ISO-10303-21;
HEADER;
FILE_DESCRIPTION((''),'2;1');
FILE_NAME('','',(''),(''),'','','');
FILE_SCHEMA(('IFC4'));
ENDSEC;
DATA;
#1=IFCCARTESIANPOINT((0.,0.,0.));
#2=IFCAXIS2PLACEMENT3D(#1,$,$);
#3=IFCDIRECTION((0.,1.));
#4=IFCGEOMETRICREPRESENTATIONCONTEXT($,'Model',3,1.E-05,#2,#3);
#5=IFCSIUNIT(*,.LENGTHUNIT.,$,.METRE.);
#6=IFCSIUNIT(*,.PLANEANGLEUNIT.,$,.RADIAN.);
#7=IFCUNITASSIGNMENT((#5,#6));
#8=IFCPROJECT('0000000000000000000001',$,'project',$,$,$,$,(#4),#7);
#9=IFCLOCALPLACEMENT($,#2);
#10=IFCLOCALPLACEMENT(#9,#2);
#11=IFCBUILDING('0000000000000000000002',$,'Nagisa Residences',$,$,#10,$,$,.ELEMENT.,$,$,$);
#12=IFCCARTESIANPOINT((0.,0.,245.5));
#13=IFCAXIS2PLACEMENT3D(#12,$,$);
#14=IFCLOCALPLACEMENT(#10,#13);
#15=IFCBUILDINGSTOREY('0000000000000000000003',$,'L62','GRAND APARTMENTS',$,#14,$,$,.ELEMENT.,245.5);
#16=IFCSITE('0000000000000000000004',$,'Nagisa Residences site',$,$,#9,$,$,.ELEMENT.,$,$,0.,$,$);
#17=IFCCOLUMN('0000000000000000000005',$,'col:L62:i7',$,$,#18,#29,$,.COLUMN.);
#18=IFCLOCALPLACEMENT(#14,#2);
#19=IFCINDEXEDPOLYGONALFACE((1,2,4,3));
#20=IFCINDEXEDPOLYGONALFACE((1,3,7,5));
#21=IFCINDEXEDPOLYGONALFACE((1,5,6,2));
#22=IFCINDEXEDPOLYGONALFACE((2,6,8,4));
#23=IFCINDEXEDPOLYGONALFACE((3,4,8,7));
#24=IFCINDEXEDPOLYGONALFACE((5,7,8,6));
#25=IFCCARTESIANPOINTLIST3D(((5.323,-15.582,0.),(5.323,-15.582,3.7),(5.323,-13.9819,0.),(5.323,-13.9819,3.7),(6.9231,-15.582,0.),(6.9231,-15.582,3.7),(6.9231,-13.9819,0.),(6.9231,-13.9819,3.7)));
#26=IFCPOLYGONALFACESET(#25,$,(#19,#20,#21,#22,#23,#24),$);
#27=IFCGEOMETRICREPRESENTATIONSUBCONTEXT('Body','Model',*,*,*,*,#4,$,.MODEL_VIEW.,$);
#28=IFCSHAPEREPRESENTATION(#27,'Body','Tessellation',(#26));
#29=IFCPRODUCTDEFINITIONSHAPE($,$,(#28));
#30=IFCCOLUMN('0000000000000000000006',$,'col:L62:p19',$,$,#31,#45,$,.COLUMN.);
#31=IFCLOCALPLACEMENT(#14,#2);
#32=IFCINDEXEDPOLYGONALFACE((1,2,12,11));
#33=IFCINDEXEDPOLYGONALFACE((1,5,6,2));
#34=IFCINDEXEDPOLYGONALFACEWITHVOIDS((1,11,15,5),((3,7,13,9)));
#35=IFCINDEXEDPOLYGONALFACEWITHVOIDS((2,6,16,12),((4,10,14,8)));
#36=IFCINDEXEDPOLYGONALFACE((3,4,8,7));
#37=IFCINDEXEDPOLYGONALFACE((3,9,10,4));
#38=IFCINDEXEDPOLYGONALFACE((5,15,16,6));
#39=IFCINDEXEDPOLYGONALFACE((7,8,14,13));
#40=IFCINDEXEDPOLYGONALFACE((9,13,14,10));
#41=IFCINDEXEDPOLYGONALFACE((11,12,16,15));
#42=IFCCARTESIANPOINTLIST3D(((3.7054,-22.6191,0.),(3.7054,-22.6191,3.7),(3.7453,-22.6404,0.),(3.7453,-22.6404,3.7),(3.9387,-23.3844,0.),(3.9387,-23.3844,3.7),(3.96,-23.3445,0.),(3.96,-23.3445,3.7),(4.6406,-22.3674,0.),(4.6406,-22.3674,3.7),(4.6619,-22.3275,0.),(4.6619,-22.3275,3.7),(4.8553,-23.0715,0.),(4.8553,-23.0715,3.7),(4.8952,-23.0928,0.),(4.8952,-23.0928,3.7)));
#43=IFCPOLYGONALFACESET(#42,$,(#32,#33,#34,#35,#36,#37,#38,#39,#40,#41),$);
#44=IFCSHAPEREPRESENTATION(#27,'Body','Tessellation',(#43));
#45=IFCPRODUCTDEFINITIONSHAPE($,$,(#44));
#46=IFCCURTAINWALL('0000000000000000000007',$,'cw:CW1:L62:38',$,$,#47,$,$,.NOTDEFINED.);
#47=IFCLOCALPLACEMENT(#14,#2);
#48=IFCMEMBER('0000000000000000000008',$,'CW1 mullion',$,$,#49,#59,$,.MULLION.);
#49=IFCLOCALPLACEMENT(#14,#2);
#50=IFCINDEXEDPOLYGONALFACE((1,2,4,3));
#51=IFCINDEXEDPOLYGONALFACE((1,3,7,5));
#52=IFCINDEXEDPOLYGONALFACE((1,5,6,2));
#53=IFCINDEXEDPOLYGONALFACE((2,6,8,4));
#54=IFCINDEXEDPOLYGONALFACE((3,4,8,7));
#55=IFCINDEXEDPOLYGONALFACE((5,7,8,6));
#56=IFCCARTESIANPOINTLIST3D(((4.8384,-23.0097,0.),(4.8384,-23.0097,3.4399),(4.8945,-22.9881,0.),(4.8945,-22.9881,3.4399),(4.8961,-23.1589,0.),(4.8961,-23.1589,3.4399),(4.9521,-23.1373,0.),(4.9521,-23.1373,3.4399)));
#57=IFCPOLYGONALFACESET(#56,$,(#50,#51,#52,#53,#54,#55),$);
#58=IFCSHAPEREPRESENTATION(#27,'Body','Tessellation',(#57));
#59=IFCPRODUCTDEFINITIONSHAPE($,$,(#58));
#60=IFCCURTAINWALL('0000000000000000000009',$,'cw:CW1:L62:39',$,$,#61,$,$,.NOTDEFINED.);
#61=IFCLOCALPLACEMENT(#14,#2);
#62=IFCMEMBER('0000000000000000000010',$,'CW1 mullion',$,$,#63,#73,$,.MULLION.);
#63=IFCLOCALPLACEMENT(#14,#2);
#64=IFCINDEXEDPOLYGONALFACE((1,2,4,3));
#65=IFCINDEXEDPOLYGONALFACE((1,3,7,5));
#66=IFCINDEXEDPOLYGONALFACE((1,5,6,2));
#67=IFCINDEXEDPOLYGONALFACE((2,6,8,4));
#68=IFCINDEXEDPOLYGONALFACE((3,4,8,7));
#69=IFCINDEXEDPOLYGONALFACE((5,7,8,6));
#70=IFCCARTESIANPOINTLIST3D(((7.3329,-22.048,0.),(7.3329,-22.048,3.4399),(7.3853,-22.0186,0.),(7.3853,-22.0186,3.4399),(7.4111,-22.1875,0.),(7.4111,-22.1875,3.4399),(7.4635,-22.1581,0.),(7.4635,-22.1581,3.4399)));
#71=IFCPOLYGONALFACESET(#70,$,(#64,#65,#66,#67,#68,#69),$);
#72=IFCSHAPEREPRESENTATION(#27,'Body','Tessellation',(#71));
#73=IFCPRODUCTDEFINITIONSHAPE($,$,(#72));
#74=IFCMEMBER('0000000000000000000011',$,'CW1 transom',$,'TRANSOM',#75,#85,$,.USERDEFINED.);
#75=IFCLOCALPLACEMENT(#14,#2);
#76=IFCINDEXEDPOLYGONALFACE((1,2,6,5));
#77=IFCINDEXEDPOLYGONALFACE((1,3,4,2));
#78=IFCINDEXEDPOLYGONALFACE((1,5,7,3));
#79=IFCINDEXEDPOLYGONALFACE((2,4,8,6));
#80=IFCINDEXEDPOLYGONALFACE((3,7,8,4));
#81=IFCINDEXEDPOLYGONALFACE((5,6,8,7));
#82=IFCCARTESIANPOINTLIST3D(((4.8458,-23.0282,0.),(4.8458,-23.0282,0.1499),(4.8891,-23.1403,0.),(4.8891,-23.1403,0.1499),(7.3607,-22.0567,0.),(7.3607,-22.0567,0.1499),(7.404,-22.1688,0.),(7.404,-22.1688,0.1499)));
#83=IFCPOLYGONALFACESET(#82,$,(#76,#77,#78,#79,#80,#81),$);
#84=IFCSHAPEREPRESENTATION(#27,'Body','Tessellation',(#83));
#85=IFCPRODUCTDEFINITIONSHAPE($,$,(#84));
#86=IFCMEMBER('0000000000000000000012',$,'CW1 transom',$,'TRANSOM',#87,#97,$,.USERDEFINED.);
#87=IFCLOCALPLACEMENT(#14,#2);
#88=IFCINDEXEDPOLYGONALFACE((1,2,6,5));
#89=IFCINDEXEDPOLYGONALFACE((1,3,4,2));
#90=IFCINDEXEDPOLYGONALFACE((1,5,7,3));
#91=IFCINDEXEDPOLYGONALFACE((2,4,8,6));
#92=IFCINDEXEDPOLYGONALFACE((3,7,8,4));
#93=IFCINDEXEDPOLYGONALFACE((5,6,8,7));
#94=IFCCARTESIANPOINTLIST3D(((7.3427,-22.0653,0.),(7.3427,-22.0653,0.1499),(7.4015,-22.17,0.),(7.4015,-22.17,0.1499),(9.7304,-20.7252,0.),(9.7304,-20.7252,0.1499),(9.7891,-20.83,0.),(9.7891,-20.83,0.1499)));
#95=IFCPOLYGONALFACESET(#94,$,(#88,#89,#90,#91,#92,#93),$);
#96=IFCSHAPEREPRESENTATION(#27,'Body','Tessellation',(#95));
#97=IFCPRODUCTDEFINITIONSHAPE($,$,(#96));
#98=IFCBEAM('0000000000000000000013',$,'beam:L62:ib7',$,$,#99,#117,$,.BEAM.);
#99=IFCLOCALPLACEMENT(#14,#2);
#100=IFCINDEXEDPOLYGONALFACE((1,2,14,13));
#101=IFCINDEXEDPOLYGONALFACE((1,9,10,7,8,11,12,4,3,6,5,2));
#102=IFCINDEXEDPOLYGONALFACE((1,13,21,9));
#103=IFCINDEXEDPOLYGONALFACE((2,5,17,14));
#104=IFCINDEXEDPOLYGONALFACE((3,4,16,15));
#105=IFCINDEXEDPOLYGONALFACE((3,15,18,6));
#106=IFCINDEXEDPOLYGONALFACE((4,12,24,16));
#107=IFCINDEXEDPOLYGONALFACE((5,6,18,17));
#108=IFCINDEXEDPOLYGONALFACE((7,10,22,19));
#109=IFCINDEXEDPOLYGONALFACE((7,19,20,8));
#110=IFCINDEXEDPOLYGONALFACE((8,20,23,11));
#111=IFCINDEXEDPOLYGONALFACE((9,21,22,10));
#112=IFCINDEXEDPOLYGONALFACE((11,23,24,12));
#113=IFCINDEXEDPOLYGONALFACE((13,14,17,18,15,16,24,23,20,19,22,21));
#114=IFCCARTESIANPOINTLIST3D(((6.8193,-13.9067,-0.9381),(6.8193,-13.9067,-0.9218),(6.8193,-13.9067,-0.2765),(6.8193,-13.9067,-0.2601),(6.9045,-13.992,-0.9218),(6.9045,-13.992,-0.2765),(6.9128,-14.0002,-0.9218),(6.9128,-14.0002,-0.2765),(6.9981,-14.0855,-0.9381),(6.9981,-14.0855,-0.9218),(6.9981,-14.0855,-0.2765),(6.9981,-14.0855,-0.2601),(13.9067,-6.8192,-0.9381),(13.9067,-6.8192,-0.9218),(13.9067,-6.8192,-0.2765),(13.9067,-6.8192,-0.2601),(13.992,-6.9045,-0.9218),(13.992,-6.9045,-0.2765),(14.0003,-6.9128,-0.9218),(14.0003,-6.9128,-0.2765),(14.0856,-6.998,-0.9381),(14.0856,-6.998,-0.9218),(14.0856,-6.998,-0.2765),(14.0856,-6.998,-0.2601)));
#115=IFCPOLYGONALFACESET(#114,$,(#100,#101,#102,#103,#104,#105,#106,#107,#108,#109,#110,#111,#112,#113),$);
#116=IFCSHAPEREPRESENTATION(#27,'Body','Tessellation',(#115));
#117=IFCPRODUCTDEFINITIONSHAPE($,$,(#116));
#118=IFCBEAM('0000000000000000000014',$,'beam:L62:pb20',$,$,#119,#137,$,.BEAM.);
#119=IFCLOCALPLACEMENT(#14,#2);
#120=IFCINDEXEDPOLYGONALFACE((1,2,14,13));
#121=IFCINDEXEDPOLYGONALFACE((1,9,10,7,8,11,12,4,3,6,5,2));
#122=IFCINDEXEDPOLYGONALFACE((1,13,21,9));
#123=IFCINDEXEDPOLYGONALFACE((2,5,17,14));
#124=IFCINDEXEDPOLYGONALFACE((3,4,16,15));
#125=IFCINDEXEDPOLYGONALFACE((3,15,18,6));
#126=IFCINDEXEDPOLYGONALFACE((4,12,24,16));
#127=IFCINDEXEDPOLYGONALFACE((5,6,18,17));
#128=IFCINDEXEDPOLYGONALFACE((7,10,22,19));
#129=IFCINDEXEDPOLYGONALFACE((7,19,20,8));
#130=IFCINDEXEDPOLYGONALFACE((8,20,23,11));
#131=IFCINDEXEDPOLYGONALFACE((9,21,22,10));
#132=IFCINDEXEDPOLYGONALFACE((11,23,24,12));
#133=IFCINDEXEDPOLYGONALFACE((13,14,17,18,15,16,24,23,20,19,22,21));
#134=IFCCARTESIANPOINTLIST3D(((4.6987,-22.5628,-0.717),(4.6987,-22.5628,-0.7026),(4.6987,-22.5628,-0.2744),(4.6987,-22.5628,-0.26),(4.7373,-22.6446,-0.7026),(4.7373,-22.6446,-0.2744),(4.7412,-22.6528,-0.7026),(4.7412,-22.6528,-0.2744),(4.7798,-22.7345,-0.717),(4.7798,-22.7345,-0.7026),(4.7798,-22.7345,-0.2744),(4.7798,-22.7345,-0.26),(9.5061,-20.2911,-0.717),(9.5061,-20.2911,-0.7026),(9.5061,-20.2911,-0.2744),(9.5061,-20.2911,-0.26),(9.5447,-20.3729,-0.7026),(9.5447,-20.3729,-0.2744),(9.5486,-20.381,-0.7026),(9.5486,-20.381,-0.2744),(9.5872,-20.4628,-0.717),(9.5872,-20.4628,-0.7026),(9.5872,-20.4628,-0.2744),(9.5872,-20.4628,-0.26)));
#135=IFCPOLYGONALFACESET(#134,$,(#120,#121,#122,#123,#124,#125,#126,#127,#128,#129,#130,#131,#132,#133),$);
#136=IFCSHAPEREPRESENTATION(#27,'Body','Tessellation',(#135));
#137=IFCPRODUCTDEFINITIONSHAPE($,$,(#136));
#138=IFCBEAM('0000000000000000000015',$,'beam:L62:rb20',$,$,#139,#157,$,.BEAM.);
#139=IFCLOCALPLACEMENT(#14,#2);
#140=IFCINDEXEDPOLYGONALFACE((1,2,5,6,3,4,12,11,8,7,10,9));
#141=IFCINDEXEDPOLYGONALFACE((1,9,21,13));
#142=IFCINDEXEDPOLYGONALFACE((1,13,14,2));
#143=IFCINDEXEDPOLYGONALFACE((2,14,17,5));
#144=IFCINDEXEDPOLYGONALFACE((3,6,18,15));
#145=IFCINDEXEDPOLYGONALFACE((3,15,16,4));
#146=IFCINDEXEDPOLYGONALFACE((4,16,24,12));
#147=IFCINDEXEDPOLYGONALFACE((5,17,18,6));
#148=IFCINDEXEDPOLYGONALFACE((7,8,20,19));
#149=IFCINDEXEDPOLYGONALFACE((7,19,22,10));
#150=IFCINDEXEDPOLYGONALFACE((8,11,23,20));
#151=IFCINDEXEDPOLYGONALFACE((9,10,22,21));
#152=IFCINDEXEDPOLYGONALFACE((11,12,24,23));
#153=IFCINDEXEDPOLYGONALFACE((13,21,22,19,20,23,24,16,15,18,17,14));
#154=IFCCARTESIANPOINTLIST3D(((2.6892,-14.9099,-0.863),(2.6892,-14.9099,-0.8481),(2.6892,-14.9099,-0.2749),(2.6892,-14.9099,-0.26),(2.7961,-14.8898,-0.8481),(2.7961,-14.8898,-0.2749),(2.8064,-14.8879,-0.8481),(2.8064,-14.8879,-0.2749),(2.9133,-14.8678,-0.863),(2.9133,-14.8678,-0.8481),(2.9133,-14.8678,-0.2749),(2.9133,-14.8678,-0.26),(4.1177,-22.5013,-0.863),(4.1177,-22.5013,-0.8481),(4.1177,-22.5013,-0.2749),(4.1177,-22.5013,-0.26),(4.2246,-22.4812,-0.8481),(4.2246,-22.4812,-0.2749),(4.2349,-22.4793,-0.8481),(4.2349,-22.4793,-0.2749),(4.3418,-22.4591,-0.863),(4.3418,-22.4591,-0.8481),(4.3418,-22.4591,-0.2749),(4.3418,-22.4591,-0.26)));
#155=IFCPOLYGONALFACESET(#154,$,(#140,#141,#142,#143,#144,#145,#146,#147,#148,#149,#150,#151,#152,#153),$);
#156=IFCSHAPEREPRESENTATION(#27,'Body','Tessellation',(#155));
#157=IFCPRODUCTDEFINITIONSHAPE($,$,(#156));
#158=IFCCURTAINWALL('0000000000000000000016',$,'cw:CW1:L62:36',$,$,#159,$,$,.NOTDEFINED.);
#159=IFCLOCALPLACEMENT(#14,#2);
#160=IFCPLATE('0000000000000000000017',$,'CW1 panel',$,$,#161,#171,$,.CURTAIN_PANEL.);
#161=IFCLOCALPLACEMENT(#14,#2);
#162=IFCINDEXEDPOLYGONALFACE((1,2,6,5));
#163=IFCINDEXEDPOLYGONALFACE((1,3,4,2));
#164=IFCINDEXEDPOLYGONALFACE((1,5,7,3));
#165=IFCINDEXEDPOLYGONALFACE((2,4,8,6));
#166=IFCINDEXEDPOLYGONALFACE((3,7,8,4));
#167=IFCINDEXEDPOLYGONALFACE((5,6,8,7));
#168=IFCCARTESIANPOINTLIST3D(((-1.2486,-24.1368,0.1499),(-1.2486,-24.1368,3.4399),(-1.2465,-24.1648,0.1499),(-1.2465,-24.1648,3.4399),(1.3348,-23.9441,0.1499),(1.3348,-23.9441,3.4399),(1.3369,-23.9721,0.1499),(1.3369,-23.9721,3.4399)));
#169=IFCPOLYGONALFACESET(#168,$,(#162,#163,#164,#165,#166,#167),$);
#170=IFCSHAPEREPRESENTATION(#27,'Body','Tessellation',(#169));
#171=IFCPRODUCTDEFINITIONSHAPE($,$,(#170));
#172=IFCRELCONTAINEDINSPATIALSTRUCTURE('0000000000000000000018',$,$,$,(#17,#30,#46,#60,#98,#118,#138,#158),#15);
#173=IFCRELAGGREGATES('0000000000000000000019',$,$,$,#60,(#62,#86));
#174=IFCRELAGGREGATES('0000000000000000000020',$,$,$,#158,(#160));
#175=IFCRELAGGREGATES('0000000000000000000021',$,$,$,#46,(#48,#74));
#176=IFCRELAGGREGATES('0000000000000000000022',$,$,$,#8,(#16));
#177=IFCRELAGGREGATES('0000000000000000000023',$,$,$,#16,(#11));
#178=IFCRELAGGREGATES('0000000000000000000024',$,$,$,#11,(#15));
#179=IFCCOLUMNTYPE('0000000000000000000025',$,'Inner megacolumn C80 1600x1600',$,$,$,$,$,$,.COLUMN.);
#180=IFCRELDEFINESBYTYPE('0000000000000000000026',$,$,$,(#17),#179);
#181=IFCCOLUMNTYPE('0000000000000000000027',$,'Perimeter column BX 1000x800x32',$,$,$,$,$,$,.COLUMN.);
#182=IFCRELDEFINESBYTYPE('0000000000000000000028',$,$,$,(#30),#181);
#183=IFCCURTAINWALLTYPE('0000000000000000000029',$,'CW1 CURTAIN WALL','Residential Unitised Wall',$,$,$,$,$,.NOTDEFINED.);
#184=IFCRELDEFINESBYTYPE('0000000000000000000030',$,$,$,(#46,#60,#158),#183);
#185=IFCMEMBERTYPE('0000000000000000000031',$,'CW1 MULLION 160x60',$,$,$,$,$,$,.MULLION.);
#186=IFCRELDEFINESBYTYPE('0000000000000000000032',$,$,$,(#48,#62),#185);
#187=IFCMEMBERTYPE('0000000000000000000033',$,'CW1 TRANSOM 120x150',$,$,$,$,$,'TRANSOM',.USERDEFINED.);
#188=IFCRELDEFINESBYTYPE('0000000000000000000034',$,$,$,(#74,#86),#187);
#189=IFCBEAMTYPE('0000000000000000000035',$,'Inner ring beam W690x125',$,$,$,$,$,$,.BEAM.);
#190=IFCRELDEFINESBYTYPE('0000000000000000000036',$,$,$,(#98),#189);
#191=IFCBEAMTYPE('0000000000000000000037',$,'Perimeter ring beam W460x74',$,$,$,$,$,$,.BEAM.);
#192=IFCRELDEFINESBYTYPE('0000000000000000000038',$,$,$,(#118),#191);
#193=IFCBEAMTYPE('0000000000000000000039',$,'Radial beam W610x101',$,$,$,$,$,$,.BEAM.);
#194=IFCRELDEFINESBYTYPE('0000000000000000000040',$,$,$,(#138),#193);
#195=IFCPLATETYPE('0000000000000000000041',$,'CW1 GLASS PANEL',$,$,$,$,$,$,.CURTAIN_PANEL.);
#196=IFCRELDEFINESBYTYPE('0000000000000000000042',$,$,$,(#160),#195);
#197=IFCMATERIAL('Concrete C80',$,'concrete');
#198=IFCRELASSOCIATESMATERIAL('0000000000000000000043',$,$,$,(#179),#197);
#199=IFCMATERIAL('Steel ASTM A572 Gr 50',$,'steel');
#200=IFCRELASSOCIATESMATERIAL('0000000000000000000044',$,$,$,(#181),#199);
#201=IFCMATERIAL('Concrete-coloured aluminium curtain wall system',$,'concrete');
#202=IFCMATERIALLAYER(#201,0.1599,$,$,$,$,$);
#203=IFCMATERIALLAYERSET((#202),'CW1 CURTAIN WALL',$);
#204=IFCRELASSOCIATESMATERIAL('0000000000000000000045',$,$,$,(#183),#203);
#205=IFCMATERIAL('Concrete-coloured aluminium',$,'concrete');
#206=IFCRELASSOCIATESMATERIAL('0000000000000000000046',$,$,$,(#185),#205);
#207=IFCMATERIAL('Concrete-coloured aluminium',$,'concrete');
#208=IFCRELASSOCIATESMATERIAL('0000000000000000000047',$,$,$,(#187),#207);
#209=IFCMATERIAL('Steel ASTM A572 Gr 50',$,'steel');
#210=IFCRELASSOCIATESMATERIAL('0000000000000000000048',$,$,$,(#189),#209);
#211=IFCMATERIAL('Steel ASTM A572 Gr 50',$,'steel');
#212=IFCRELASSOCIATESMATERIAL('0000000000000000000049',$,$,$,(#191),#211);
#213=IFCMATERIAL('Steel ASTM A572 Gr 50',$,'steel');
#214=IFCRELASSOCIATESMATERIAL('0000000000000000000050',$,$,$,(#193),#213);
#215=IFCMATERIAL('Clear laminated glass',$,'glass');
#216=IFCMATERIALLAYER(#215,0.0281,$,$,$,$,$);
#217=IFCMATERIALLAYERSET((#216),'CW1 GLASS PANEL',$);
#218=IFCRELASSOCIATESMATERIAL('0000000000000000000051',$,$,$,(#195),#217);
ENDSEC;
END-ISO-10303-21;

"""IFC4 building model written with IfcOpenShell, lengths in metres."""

from ifc_helpers import new_model, si_unit, direction, frame, origin, origin_2d, place, context, subcontext, project, spatial, rectangle, hollow_rectangle, i_section, extrude, material, layer, layer_set, material_profile, profile_set, type_object, element, aggregate, save


model = new_model("IFC4")

# Units and contexts
model_context = context("Model", 3, precision=1e-05, world=origin(), true_north=direction((0.0, 1.0)))
body_context = subcontext(model_context, "Body", "Model", "MODEL_VIEW")
ifc_project = project(units=[si_unit("LENGTHUNIT", "METRE"), si_unit("PLANEANGLEUNIT", "RADIAN")], contexts=[model_context])

# Site, building, storey
site_placement = place(None, origin())
site = spatial("IfcSite", under=ifc_project, at=site_placement, Name="Nagisa Residences site", CompositionType="ELEMENT", RefElevation=0.0)
building_placement = place(site_placement, origin())
building = spatial("IfcBuilding", under=site, at=building_placement, Name="Nagisa Residences", CompositionType="ELEMENT")
storey_placement = place(building_placement, frame((0.0, 0.0, 245.5)))
storey = spatial("IfcBuildingStorey", under=building, at=storey_placement, Name="L62", Description="GRAND APARTMENTS", CompositionType="ELEMENT", Elevation=245.5)

# Columns
ifc_material_1 = material(Name="Concrete C80", Category="concrete")
ifc_material_profile_1 = material_profile(ifc_material_1, rectangle(XDim=1.6001, YDim=1.6001, at=origin_2d()), Name="C80 1600x1600")
ifc_profile_set_1 = profile_set([ifc_material_profile_1], Name="Concrete C80")
column_type_1 = type_object("IfcColumnType", Name="Inner megacolumn C80 1600x1600", PredefinedType="COLUMN", material=ifc_profile_set_1)
column_1_placement = place(storey_placement, frame((6.123, -14.782, 0.0), z_axis=(0.0, 0.0, 1.0), x_axis=(1.0, 0.0, 0.0)))
element("IfcColumn", 1, at=column_1_placement, inside=storey, type_object=column_type_1, Name="col:L62:i7", PredefinedType="COLUMN", context=body_context, shape_type="SweptSolid", body=[
    extrude(rectangle(XDim=1.6001, YDim=1.6001, at=origin_2d()), origin(), (0.0, 0.0, 1.0), 3.7),
])
ifc_material_2 = material(Name="Steel ASTM A572 Gr 50", Category="steel")
ifc_material_profile_2 = material_profile(ifc_material_2, hollow_rectangle(XDim=1.0, YDim=0.8, WallThickness=0.032, at=origin_2d()), Name="BX 1000x800x32")
ifc_profile_set_2 = profile_set([ifc_material_profile_2], Name="Steel ASTM A572 Gr 50")
column_type_2 = type_object("IfcColumnType", Name="Perimeter column BX 1000x800x32", PredefinedType="COLUMN", material=ifc_profile_set_2)
column_2_placement = place(storey_placement, frame((4.3003, -22.856, 0.0), z_axis=(0.0, 0.0, 1.0), x_axis=(0.956525, 0.291652, 0.0)))
element("IfcColumn", 2, at=column_2_placement, inside=storey, type_object=column_type_2, Name="col:L62:p19", PredefinedType="COLUMN", context=body_context, shape_type="SweptSolid", body=[
    extrude(hollow_rectangle(XDim=1.0, YDim=0.8, WallThickness=0.032, at=origin_2d()), origin(), (0.0, 0.0, 1.0), 3.7),
])

# Curtain walls, members
ifc_material_3 = material(Name="Concrete-coloured aluminium curtain wall system", Category="concrete")
ifc_layer_1 = layer(ifc_material_3, 0.1599)
ifc_layer_set_1 = layer_set([ifc_layer_1], Name="CW1 CURTAIN WALL")
curtain_wall_type = type_object("IfcCurtainWallType", Name="CW1 CURTAIN WALL", Description="Residential Unitised Wall", PredefinedType="NOTDEFINED", material=ifc_layer_set_1)
curtain_wall_1_placement = place(storey_placement, origin())
curtain_wall_1 = element("IfcCurtainWall", 3, at=curtain_wall_1_placement, inside=storey, type_object=curtain_wall_type, Name="cw:CW1:L62:38", PredefinedType="NOTDEFINED")
ifc_material_4 = material(Name="Concrete-coloured aluminium", Category="concrete")
ifc_material_profile_3 = material_profile(ifc_material_4, rectangle(XDim=0.1599, YDim=0.0601, at=origin_2d()), Name="CW1 MULLION 160x60")
ifc_profile_set_3 = profile_set([ifc_material_profile_3], Name="Concrete-coloured aluminium")
member_type_1 = type_object("IfcMemberType", Name="CW1 MULLION 160x60", PredefinedType="MULLION", material=ifc_profile_set_3)
member_1_placement = place(storey_placement, frame((4.8953, -23.0735, 0.0), z_axis=(0.0, 0.0, 1.0), x_axis=(-0.360328, 0.932826, 0.0)))
member_1 = element("IfcMember", 4, at=member_1_placement, type_object=member_type_1, Name="CW1 mullion", PredefinedType="MULLION", context=body_context, shape_type="SweptSolid", body=[
    extrude(rectangle(XDim=0.1599, YDim=0.0601, at=origin_2d()), origin(), (0.0, 0.0, 1.0), 3.4399),
])
curtain_wall_2_placement = place(storey_placement, origin())
curtain_wall_2 = element("IfcCurtainWall", 5, at=curtain_wall_2_placement, inside=storey, type_object=curtain_wall_type, Name="cw:CW1:L62:39", PredefinedType="NOTDEFINED")
member_2_placement = place(storey_placement, frame((7.3982, -22.103, 0.0), z_axis=(0.0, 0.0, 1.0), x_axis=(-0.489377, 0.872072, 0.0)))
member_2 = element("IfcMember", 6, at=member_2_placement, type_object=member_type_1, Name="CW1 mullion", PredefinedType="MULLION", context=body_context, shape_type="SweptSolid", body=[
    extrude(rectangle(XDim=0.1599, YDim=0.0601, at=origin_2d()), origin(), (0.0, 0.0, 1.0), 3.4399),
])

# Members
ifc_material_5 = material(Name="Concrete-coloured aluminium", Category="concrete")
ifc_material_profile_4 = material_profile(ifc_material_5, rectangle(XDim=0.1201, YDim=0.1499, at=origin_2d()), Name="CW1 TRANSOM 120x150")
ifc_profile_set_4 = profile_set([ifc_material_profile_4], Name="Concrete-coloured aluminium")
member_type_2 = type_object("IfcMemberType", Name="CW1 TRANSOM 120x150", ElementType="TRANSOM", PredefinedType="USERDEFINED", material=ifc_profile_set_4)
member_3_placement = place(storey_placement, frame((4.8674, -23.0842, 0.075), z_axis=(0.932826, 0.360326, 0.0), x_axis=(-0.360326, 0.932826, 0.0)))
member_3 = element("IfcMember", 7, at=member_3_placement, type_object=member_type_2, Name="CW1 transom", ObjectType="TRANSOM", PredefinedType="USERDEFINED", context=body_context, shape_type="SweptSolid", body=[
    extrude(rectangle(XDim=0.1201, YDim=0.1499, at=origin_2d()), origin(), (0.0, 0.0, 1.0), 2.696),
])
member_4_placement = place(storey_placement, frame((7.3721, -22.1177, 0.075), z_axis=(0.872042, 0.489431, 0.0), x_axis=(-0.489431, 0.872042, 0.0)))
member_4 = element("IfcMember", 8, at=member_4_placement, type_object=member_type_2, Name="CW1 transom", ObjectType="TRANSOM", PredefinedType="USERDEFINED", context=body_context, shape_type="SweptSolid", body=[
    extrude(rectangle(XDim=0.1201, YDim=0.1499, at=origin_2d()), origin(), (0.0, 0.0, 1.0), 2.738),
])
aggregate(curtain_wall_2, [member_2, member_4])

# Beams
ifc_material_6 = material(Name="Steel ASTM A572 Gr 50", Category="steel")
ifc_material_profile_5 = material_profile(ifc_material_6, i_section(OverallWidth=0.2529, OverallDepth=0.678, WebThickness=0.0117, FlangeThickness=0.0164, at=origin_2d()), Name="W690x125")
ifc_profile_set_5 = profile_set([ifc_material_profile_5], Name="Steel ASTM A572 Gr 50")
beam_type_1 = type_object("IfcBeamType", Name="Inner ring beam W690x125", PredefinedType="BEAM", material=ifc_profile_set_5)
beam_1_placement = place(storey_placement, frame((6.9087, -13.9961, -0.5991), z_axis=(0.707107, 0.707107, 0.0), x_axis=(-0.707107, 0.707107, 0.0)))
element("IfcBeam", 9, at=beam_1_placement, inside=storey, type_object=beam_type_1, Name="beam:L62:ib7", PredefinedType="BEAM", context=body_context, shape_type="SweptSolid", body=[
    extrude(i_section(OverallWidth=0.2529, OverallDepth=0.678, WebThickness=0.0117, FlangeThickness=0.0164, at=origin_2d()), origin(), (0.0, 0.0, 1.0), 10.0232),
])
ifc_material_7 = material(Name="Steel ASTM A572 Gr 50", Category="steel")
ifc_material_profile_6 = material_profile(ifc_material_7, i_section(OverallWidth=0.1899, OverallDepth=0.457, WebThickness=0.009, FlangeThickness=0.0144, at=origin_2d()), Name="W460x74")
ifc_profile_set_6 = profile_set([ifc_material_profile_6], Name="Steel ASTM A572 Gr 50")
beam_type_2 = type_object("IfcBeamType", Name="Perimeter ring beam W460x74", PredefinedType="BEAM", material=ifc_profile_set_6)
beam_2_placement = place(storey_placement, frame((4.7393, -22.6487, -0.4885), z_axis=(0.904134, 0.427249, 0.0), x_axis=(-0.427249, 0.904134, 0.0)))
element("IfcBeam", 10, at=beam_2_placement, inside=storey, type_object=beam_type_2, Name="beam:L62:pb20", PredefinedType="BEAM", context=body_context, shape_type="SweptSolid", body=[
    extrude(i_section(OverallWidth=0.1899, OverallDepth=0.457, WebThickness=0.009, FlangeThickness=0.0144, at=origin_2d()), origin(), (0.0, 0.0, 1.0), 5.3171),
])
ifc_material_8 = material(Name="Steel ASTM A572 Gr 50", Category="steel")
ifc_material_profile_7 = material_profile(ifc_material_8, i_section(OverallWidth=0.228, OverallDepth=0.603, WebThickness=0.0105, FlangeThickness=0.0149, at=origin_2d()), Name="W610x101")
ifc_profile_set_7 = profile_set([ifc_material_profile_7], Name="Steel ASTM A572 Gr 50")
beam_type_3 = type_object("IfcBeamType", Name="Radial beam W610x101", PredefinedType="BEAM", material=ifc_profile_set_7)
beam_3_placement = place(storey_placement, frame((4.2297, -22.4802, -0.5615), z_axis=(-0.184926, 0.982752, 0.0), x_axis=(-0.982752, -0.184926, 0.0)))
element("IfcBeam", 11, at=beam_3_placement, inside=storey, type_object=beam_type_3, Name="beam:L62:rb20", PredefinedType="BEAM", context=body_context, shape_type="SweptSolid", body=[
    extrude(i_section(OverallWidth=0.228, OverallDepth=0.603, WebThickness=0.0105, FlangeThickness=0.0149, at=origin_2d()), origin(), (0.0, 0.0, 1.0), 7.7246),
])

# Curtain wall, plate
curtain_wall_3_placement = place(storey_placement, origin())
curtain_wall_3 = element("IfcCurtainWall", 12, at=curtain_wall_3_placement, inside=storey, type_object=curtain_wall_type, Name="cw:CW1:L62:36", PredefinedType="NOTDEFINED")
ifc_material_9 = material(Name="Clear laminated glass", Category="glass")
ifc_layer_2 = layer(ifc_material_9, 0.0281)
ifc_layer_set_2 = layer_set([ifc_layer_2], Name="CW1 GLASS PANEL")
plate_type = type_object("IfcPlateType", Name="CW1 GLASS PANEL", PredefinedType="CURTAIN_PANEL", material=ifc_layer_set_2)
plate_1_placement = place(storey_placement, frame((0.0442, -24.0544, 0.1499), z_axis=(0.0, 0.0, 1.0), x_axis=(0.99723, 0.074377, 0.0)))
plate_1 = element("IfcPlate", 13, at=plate_1_placement, type_object=plate_type, Name="CW1 panel", PredefinedType="CURTAIN_PANEL", context=body_context, shape_type="SweptSolid", body=[
    extrude(rectangle(XDim=2.5906, YDim=0.0281, at=origin_2d()), origin(), (0.0, 0.0, 1.0), 3.29),
])
aggregate(curtain_wall_3, [plate_1])

aggregate(curtain_wall_1, [member_1, member_3])

save(model, "model.ifc")
